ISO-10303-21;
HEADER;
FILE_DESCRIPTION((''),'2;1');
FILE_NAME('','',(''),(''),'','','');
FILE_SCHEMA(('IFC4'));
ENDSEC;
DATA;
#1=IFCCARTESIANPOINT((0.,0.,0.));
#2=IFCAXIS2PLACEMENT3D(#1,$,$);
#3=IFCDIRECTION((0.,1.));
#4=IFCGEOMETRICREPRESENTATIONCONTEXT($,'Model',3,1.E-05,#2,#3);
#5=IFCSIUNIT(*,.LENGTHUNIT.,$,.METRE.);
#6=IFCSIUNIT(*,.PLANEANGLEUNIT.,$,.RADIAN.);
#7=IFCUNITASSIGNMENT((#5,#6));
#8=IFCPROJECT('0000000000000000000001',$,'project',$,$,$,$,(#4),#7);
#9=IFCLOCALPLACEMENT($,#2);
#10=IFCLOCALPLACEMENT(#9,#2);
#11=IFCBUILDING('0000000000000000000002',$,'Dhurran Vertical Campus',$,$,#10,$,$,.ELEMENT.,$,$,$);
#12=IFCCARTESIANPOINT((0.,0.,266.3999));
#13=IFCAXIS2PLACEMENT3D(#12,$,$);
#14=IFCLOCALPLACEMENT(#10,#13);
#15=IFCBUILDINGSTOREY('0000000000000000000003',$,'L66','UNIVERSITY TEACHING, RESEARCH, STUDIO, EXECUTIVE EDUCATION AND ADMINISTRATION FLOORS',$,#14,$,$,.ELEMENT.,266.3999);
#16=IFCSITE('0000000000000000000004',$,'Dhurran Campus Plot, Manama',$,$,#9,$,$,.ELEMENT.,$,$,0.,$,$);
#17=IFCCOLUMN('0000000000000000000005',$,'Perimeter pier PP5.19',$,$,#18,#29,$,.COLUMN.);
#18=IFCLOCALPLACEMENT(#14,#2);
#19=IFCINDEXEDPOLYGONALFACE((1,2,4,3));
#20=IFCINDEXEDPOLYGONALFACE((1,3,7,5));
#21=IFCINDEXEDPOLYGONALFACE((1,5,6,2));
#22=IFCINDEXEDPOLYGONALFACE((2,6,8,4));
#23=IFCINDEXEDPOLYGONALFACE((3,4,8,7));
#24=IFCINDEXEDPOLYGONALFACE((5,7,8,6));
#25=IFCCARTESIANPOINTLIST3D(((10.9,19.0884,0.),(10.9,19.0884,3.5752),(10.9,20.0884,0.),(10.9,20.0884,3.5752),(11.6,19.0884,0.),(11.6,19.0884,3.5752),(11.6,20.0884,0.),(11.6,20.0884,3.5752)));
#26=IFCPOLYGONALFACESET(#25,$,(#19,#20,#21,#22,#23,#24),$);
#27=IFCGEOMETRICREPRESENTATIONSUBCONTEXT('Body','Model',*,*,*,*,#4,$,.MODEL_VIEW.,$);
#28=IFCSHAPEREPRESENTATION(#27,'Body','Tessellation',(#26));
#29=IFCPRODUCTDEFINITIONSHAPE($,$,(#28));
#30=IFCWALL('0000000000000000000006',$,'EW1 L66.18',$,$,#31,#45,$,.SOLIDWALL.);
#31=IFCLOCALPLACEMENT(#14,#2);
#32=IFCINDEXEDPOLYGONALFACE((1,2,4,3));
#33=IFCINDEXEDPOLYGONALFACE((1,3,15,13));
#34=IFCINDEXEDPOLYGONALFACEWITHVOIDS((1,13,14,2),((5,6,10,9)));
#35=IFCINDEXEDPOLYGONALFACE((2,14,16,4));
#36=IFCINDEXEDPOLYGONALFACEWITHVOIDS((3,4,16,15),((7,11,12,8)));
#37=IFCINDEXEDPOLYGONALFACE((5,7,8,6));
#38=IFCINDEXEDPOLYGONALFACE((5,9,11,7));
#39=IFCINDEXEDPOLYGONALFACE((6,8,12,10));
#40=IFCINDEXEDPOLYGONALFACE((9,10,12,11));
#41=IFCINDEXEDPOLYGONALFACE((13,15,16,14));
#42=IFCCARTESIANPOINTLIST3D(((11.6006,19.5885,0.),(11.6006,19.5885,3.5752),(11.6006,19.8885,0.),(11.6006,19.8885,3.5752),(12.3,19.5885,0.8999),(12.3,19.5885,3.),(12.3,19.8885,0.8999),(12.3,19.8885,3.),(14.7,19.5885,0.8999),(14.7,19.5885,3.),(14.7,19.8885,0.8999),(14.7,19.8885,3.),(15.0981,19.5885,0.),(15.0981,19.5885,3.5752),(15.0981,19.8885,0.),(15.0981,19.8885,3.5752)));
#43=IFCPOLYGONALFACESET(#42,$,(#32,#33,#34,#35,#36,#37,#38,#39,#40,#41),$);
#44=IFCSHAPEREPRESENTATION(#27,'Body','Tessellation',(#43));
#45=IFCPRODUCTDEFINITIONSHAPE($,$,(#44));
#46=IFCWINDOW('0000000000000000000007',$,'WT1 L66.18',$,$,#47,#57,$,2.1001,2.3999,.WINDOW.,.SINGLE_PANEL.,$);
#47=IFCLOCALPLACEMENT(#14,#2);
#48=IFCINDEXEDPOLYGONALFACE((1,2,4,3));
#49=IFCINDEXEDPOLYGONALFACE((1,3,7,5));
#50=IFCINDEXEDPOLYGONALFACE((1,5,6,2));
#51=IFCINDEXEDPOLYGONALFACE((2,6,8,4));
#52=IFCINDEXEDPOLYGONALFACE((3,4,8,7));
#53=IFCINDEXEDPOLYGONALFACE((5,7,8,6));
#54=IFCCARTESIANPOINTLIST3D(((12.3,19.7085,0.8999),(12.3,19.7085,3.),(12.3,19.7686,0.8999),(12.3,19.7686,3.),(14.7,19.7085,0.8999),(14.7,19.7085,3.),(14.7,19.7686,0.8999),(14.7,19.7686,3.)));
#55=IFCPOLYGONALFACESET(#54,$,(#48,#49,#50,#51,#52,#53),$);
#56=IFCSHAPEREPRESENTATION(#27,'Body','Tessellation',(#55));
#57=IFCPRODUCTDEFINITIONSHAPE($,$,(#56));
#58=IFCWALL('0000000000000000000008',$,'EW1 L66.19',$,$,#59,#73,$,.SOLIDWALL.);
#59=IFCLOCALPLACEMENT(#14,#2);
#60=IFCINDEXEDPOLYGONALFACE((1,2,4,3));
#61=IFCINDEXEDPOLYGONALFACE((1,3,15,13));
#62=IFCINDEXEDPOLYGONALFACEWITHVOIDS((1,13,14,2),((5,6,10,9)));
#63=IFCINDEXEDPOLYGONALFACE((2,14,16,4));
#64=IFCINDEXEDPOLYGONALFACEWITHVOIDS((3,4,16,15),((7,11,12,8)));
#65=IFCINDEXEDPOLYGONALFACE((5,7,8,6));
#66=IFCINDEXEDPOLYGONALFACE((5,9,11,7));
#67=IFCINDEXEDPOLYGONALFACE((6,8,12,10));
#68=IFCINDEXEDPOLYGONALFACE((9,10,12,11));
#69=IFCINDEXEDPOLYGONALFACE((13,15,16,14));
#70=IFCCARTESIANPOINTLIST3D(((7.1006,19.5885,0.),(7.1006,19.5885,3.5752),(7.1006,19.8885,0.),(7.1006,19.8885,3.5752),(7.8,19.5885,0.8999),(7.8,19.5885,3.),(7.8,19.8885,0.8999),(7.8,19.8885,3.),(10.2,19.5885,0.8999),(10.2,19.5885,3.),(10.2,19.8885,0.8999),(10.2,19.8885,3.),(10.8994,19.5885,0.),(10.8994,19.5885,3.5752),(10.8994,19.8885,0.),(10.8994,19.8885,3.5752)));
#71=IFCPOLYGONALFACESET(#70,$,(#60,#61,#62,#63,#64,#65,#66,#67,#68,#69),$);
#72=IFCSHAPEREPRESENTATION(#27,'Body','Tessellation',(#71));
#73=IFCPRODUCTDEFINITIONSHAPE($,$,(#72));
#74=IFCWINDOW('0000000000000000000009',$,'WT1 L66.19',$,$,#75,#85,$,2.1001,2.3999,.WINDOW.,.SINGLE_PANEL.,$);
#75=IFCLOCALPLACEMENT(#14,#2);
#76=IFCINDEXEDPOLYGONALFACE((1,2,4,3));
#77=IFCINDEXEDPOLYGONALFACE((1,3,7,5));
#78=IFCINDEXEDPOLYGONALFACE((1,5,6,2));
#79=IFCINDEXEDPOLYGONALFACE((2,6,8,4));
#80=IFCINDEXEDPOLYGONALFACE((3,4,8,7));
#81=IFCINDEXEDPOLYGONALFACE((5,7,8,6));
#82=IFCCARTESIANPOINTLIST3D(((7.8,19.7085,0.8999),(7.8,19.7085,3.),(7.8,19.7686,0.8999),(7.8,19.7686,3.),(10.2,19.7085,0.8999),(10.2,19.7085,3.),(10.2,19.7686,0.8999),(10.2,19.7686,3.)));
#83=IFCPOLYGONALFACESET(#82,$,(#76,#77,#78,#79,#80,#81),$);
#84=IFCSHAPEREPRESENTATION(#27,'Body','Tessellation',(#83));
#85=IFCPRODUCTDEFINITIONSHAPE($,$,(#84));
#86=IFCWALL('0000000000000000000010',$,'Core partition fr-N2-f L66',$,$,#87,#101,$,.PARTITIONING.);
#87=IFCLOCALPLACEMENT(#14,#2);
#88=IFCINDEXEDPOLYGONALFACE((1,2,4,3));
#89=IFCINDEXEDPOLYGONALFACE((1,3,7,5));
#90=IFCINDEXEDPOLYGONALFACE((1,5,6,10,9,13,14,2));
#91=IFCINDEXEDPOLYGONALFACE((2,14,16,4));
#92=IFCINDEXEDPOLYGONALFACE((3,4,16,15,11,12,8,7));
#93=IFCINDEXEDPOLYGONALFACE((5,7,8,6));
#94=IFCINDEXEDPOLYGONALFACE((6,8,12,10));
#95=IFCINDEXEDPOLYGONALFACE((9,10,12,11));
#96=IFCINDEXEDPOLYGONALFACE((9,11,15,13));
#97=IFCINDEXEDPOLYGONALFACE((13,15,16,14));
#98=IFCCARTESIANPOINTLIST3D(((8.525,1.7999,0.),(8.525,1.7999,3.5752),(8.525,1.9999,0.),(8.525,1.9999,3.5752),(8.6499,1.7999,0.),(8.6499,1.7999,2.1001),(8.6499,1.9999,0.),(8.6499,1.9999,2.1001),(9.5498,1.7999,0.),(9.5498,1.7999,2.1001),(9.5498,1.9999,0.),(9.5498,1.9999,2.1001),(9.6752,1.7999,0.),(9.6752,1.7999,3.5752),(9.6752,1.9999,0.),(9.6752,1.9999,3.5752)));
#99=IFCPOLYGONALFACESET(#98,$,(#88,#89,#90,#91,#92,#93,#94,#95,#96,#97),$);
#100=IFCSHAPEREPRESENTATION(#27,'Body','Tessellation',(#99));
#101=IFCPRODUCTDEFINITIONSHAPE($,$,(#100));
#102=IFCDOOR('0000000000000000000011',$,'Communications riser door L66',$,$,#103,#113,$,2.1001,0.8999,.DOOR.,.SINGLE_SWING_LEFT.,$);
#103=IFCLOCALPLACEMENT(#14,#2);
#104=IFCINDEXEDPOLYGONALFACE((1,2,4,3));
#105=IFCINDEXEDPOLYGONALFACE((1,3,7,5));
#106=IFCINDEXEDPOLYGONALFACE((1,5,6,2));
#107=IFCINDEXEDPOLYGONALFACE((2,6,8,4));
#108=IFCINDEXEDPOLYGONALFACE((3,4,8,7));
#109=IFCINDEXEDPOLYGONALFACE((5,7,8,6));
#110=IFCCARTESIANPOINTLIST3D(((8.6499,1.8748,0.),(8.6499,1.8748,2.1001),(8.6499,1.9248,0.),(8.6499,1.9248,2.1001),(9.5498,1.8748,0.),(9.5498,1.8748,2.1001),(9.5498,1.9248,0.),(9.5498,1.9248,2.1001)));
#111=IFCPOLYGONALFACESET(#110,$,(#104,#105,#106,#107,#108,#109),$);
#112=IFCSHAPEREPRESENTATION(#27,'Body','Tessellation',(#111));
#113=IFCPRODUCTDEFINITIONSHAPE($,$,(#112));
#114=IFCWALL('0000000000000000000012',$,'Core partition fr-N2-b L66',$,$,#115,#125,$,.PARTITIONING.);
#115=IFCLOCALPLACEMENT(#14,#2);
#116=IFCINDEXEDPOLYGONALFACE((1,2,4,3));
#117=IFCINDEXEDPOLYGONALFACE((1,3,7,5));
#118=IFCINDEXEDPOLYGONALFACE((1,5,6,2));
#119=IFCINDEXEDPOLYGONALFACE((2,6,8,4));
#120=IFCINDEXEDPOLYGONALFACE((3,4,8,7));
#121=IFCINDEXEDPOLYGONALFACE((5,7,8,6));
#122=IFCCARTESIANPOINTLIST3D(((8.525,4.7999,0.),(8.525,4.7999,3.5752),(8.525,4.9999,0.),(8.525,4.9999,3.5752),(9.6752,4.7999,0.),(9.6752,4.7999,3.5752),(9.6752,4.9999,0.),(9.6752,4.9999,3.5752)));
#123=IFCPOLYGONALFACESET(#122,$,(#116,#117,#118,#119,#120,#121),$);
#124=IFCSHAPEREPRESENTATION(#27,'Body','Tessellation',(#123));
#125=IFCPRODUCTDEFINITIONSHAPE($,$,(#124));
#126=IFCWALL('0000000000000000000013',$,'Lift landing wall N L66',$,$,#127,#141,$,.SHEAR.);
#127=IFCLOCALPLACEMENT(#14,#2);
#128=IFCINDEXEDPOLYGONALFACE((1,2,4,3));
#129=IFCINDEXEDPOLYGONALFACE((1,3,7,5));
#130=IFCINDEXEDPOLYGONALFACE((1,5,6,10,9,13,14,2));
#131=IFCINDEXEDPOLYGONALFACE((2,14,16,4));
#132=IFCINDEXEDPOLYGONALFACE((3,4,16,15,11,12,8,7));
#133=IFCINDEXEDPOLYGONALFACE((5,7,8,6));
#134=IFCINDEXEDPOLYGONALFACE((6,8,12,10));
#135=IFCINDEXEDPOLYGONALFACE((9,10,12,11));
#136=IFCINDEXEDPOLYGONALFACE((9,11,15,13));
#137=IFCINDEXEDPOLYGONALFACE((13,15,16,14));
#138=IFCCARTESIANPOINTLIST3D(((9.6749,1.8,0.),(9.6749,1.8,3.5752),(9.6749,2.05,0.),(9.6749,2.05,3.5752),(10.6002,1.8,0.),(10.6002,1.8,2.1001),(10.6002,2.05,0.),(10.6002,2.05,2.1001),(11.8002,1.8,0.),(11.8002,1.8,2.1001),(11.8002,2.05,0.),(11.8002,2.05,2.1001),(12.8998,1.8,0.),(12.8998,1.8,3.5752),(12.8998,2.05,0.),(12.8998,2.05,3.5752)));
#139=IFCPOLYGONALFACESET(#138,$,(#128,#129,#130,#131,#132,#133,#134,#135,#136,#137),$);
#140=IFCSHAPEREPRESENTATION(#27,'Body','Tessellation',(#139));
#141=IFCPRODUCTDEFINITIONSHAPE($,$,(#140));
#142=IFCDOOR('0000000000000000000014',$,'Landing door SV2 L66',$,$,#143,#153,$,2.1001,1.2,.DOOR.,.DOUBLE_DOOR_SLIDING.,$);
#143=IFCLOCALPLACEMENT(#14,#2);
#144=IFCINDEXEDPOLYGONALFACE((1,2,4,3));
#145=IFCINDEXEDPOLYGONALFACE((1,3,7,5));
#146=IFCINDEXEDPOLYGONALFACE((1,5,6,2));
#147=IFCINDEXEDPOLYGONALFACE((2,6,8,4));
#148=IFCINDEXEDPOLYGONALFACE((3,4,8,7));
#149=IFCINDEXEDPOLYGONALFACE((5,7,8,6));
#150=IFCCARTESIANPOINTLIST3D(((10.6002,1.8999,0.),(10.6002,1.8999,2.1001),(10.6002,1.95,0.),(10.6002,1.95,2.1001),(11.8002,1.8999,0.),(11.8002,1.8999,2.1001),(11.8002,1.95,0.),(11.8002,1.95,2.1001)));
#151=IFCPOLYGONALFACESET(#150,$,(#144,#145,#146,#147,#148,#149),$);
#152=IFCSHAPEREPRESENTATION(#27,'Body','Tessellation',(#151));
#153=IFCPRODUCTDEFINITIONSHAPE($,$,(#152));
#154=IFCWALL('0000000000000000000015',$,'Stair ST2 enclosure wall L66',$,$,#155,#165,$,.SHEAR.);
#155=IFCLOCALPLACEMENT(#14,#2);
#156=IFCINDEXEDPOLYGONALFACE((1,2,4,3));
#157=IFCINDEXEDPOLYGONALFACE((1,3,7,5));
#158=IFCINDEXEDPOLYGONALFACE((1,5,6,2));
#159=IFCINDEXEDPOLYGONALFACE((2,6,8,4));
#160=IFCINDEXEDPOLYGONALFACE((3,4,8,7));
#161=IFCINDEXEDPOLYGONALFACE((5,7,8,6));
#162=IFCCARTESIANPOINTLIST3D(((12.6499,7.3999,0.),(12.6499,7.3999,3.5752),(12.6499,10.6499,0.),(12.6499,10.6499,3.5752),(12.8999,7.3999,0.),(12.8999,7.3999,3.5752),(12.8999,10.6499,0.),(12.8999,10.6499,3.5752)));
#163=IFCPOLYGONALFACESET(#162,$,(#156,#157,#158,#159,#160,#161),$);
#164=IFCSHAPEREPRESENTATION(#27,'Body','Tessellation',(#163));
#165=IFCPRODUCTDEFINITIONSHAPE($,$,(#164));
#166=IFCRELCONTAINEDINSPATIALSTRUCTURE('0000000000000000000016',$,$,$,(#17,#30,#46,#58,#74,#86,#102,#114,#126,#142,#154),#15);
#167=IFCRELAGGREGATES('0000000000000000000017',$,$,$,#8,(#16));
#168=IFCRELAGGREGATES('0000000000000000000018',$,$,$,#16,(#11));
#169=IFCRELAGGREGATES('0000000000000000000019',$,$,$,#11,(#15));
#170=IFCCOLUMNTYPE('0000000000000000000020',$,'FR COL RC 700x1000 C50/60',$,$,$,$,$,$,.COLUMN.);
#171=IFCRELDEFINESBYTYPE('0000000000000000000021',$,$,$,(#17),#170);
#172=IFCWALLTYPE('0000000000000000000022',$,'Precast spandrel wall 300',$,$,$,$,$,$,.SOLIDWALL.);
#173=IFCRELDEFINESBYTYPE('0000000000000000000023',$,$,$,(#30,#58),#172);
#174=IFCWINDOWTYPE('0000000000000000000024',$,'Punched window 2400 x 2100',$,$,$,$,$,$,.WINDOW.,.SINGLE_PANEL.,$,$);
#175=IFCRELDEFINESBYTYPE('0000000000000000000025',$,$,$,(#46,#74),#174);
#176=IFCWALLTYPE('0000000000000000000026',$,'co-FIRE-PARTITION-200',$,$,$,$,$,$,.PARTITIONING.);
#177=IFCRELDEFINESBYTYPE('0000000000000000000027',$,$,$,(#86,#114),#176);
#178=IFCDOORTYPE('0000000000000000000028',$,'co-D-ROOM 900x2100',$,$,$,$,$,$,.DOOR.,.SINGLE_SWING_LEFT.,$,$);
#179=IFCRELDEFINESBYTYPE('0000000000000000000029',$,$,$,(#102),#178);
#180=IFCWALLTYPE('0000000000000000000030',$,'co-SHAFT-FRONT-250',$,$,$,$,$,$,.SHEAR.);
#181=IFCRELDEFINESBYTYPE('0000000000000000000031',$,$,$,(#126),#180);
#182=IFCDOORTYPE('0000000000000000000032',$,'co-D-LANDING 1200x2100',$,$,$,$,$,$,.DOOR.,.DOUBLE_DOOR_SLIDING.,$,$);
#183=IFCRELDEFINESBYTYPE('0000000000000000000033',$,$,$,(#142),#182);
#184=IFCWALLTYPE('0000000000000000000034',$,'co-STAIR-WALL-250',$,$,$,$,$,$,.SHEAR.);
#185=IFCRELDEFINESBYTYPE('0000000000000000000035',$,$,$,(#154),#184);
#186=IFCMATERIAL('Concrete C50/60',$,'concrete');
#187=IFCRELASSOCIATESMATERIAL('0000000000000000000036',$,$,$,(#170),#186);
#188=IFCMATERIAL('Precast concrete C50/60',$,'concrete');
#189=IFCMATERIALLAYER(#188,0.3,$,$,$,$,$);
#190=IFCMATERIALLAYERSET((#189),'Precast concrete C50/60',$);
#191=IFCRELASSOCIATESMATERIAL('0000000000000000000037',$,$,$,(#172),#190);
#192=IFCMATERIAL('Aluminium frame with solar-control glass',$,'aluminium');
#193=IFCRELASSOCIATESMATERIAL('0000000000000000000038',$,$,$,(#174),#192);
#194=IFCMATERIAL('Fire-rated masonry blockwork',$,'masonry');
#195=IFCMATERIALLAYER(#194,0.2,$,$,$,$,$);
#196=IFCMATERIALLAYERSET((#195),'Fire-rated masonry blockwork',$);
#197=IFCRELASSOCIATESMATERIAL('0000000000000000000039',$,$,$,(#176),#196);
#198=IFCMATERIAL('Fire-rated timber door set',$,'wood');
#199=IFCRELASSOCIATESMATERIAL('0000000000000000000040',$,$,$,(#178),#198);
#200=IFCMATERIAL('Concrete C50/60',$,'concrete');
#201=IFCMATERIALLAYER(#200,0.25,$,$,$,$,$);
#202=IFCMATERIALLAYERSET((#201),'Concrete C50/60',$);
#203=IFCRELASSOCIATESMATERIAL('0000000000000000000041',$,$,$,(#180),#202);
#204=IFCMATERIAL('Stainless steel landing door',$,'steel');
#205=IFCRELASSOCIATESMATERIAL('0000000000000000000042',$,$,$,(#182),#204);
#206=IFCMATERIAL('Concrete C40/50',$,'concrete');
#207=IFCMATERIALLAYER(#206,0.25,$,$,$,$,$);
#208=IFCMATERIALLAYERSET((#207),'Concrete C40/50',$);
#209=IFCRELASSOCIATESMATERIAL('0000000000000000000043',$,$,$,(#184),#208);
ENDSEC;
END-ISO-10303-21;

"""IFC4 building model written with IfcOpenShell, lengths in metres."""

from ifc_helpers import new_model, si_unit, direction, frame, frame_2d, origin, origin_2d, place, context, subcontext, project, spatial, rectangle, extrude, material, layer, layer_set, material_profile, profile_set, type_object, element, fill, save


model = new_model("IFC4")

# Units and contexts
model_context = context("Model", 3, precision=1e-05, world=origin(), true_north=direction((0.0, 1.0)))
body_context = subcontext(model_context, "Body", "Model", "MODEL_VIEW")
ifc_project = project(units=[si_unit("LENGTHUNIT", "METRE"), si_unit("PLANEANGLEUNIT", "RADIAN")], contexts=[model_context])

# Site, building, storey
site_placement = place(None, origin())
site = spatial("IfcSite", under=ifc_project, at=site_placement, Name="Dhurran Campus Plot, Manama", CompositionType="ELEMENT", RefElevation=0.0)
building_placement = place(site_placement, origin())
building = spatial("IfcBuilding", under=site, at=building_placement, Name="Dhurran Vertical Campus", CompositionType="ELEMENT")
storey_placement = place(building_placement, frame((0.0, 0.0, 266.3999)))
storey = spatial("IfcBuildingStorey", under=building, at=storey_placement, Name="L66", Description="UNIVERSITY TEACHING, RESEARCH, STUDIO, EXECUTIVE EDUCATION AND ADMINISTRATION FLOORS", CompositionType="ELEMENT", Elevation=266.3999)

# Column
ifc_material_1 = material(Name="Concrete C50/60", Category="concrete")
ifc_material_profile = material_profile(ifc_material_1, rectangle(XDim=0.7, YDim=1.0, at=origin_2d()), Name="RC 700x1000")
ifc_profile_set = profile_set([ifc_material_profile], Name="Concrete C50/60")
column_type = type_object("IfcColumnType", Name="FR COL RC 700x1000 C50/60", PredefinedType="COLUMN", material=ifc_profile_set)
column_placement = place(storey_placement, frame((11.25, 19.5884, 0.0), z_axis=(0.0, 0.0, 1.0), x_axis=(-1.0, 0.0, 0.0)))
element("IfcColumn", 1, at=column_placement, inside=storey, type_object=column_type, Name="Perimeter pier PP5.19", PredefinedType="COLUMN", context=body_context, shape_type="SweptSolid", body=[
    extrude(rectangle(XDim=0.7, YDim=1.0, at=origin_2d()), origin(), (0.0, 0.0, 1.0), 3.5752),
])

# Walls, openings, windows
ifc_material_2 = material(Name="Precast concrete C50/60", Category="concrete")
ifc_layer_1 = layer(ifc_material_2, 0.3)
ifc_layer_set_1 = layer_set([ifc_layer_1], Name="Precast concrete C50/60")
wall_type_1 = type_object("IfcWallType", Name="Precast spandrel wall 300", PredefinedType="SOLIDWALL", material=ifc_layer_set_1)
wall_1_placement = place(storey_placement, frame((15.0981, 19.7385, 0.0), z_axis=(0.0, 0.0, 1.0), x_axis=(-1.0, 0.0, 0.0)))
wall_1 = element("IfcWall", 2, at=wall_1_placement, inside=storey, type_object=wall_type_1, Name="EW1 L66.18", PredefinedType="SOLIDWALL", context=body_context, shape_type="SweptSolid", body=[
    extrude(rectangle(XDim=3.4976, YDim=0.3, at=frame_2d((1.7488, 0.0))), origin(), (0.0, 0.0, 1.0), 3.5752),
])
opening_1_placement = place(wall_1_placement, frame((0.3982, 0.0, 0.8999)))
opening_1 = element("IfcOpeningElement", 3, at=opening_1_placement, cuts=wall_1, PredefinedType="OPENING", context=body_context, shape_type="SweptSolid", body=[
    extrude(rectangle(XDim=2.3999, YDim=2.1001, at=frame_2d((1.2, 1.05))), frame((0.0, 0.1599, 0.0), z_axis=(0.0, -1.0, 0.0), x_axis=(1.0, 0.0, 0.0)), (0.0, 0.0, 1.0), 0.3201),
])
ifc_material_3 = material(Name="Aluminium frame with solar-control glass", Category="aluminium")
window_type = type_object("IfcWindowType", Name="Punched window 2400 x 2100", PartitioningType="SINGLE_PANEL", PredefinedType="WINDOW", material=ifc_material_3)
window_1_placement = place(opening_1_placement, origin())
window_1 = element("IfcWindow", 4, at=window_1_placement, inside=storey, type_object=window_type, Name="WT1 L66.18", OverallHeight=2.1001, OverallWidth=2.3999, PartitioningType="SINGLE_PANEL", PredefinedType="WINDOW", context=body_context, shape_type="SweptSolid", body=[
    extrude(rectangle(XDim=2.3999, YDim=2.1001, at=frame_2d((1.2, 1.05))), frame((0.0, 0.03, 0.0), z_axis=(0.0, -1.0, 0.0), x_axis=(1.0, 0.0, 0.0)), (0.0, 0.0, 1.0), 0.0601),
])
fill(opening_1, window_1)
wall_2_placement = place(storey_placement, frame((10.8994, 19.7385, 0.0), z_axis=(0.0, 0.0, 1.0), x_axis=(-1.0, 0.0, 0.0)))
wall_2 = element("IfcWall", 5, at=wall_2_placement, inside=storey, type_object=wall_type_1, Name="EW1 L66.19", PredefinedType="SOLIDWALL", context=body_context, shape_type="SweptSolid", body=[
    extrude(rectangle(XDim=3.7988, YDim=0.3, at=frame_2d((1.8994, 0.0))), origin(), (0.0, 0.0, 1.0), 3.5752),
])
opening_2_placement = place(wall_2_placement, frame((0.6995, 0.0, 0.8999)))
opening_2 = element("IfcOpeningElement", 6, at=opening_2_placement, cuts=wall_2, PredefinedType="OPENING", context=body_context, shape_type="SweptSolid", body=[
    extrude(rectangle(XDim=2.3999, YDim=2.1001, at=frame_2d((1.2, 1.05))), frame((0.0, 0.1599, 0.0), z_axis=(0.0, -1.0, 0.0), x_axis=(1.0, 0.0, 0.0)), (0.0, 0.0, 1.0), 0.3201),
])
window_2_placement = place(opening_2_placement, origin())
window_2 = element("IfcWindow", 7, at=window_2_placement, inside=storey, type_object=window_type, Name="WT1 L66.19", OverallHeight=2.1001, OverallWidth=2.3999, PartitioningType="SINGLE_PANEL", PredefinedType="WINDOW", context=body_context, shape_type="SweptSolid", body=[
    extrude(rectangle(XDim=2.3999, YDim=2.1001, at=frame_2d((1.2, 1.05))), frame((0.0, 0.03, 0.0), z_axis=(0.0, -1.0, 0.0), x_axis=(1.0, 0.0, 0.0)), (0.0, 0.0, 1.0), 0.0601),
])
fill(opening_2, window_2)

# Wall, opening, door
ifc_material_4 = material(Name="Fire-rated masonry blockwork", Category="masonry")
ifc_layer_2 = layer(ifc_material_4, 0.2)
ifc_layer_set_2 = layer_set([ifc_layer_2], Name="Fire-rated masonry blockwork")
wall_type_2 = type_object("IfcWallType", Name="co-FIRE-PARTITION-200", PredefinedType="PARTITIONING", material=ifc_layer_set_2)
wall_3_placement = place(storey_placement, frame((8.5249, 1.8999, 0.0), z_axis=(0.0, 0.0, 1.0), x_axis=(1.0, 0.0, 0.0)))
wall_3 = element("IfcWall", 8, at=wall_3_placement, inside=storey, type_object=wall_type_2, Name="Core partition fr-N2-f L66", PredefinedType="PARTITIONING", context=body_context, shape_type="SweptSolid", body=[
    extrude(rectangle(XDim=1.1501, YDim=0.2, at=frame_2d((0.5752, 0.0))), origin(), (0.0, 0.0, 1.0), 3.5752),
])
opening_3_placement = place(wall_3_placement, frame((0.125, 0.0, 0.0)))
opening_3 = element("IfcOpeningElement", 9, at=opening_3_placement, cuts=wall_3, PredefinedType="OPENING", context=body_context, shape_type="SweptSolid", body=[
    extrude(rectangle(XDim=0.8999, YDim=2.1001, at=frame_2d((0.45, 1.05))), frame((0.0, 0.1099, 0.0), z_axis=(0.0, -1.0, 0.0), x_axis=(1.0, 0.0, 0.0)), (0.0, 0.0, 1.0), 0.22),
])
ifc_material_5 = material(Name="Fire-rated timber door set", Category="wood")
door_type_1 = type_object("IfcDoorType", Name="co-D-ROOM 900x2100", OperationType="SINGLE_SWING_LEFT", PredefinedType="DOOR", material=ifc_material_5)
door_1_placement = place(opening_3_placement, origin())
door_1 = element("IfcDoor", 10, at=door_1_placement, inside=storey, type_object=door_type_1, Name="Communications riser door L66", OperationType="SINGLE_SWING_LEFT", OverallHeight=2.1001, OverallWidth=0.8999, PredefinedType="DOOR", context=body_context, shape_type="SweptSolid", body=[
    extrude(rectangle(XDim=0.8999, YDim=2.1001, at=frame_2d((0.45, 1.05))), frame((0.0, 0.0249, 0.0), z_axis=(0.0, -1.0, 0.0), x_axis=(1.0, 0.0, 0.0)), (0.0, 0.0, 1.0), 0.05),
])
fill(opening_3, door_1)

# Wall
wall_4_placement = place(storey_placement, frame((8.5249, 4.8999, 0.0), z_axis=(0.0, 0.0, 1.0), x_axis=(1.0, 0.0, 0.0)))
element("IfcWall", 11, at=wall_4_placement, inside=storey, type_object=wall_type_2, Name="Core partition fr-N2-b L66", PredefinedType="PARTITIONING", context=body_context, shape_type="SweptSolid", body=[
    extrude(rectangle(XDim=1.1501, YDim=0.2, at=frame_2d((0.5752, 0.0))), origin(), (0.0, 0.0, 1.0), 3.5752),
])

# Wall, opening, door
ifc_material_6 = material(Name="Concrete C50/60", Category="concrete")
ifc_layer_3 = layer(ifc_material_6, 0.25)
ifc_layer_set_3 = layer_set([ifc_layer_3], Name="Concrete C50/60")
wall_type_3 = type_object("IfcWallType", Name="co-SHAFT-FRONT-250", PredefinedType="SHEAR", material=ifc_layer_set_3)
wall_5_placement = place(storey_placement, frame((9.675, 1.925, 0.0), z_axis=(0.0, 0.0, 1.0), x_axis=(1.0, 0.0, 0.0)))
wall_5 = element("IfcWall", 12, at=wall_5_placement, inside=storey, type_object=wall_type_3, Name="Lift landing wall N L66", PredefinedType="SHEAR", context=body_context, shape_type="SweptSolid", body=[
    extrude(rectangle(XDim=3.2249, YDim=0.25, at=frame_2d((1.6123, 0.0))), origin(), (0.0, 0.0, 1.0), 3.5752),
])
opening_4_placement = place(wall_5_placement, frame((0.925, 0.0, 0.0)))
opening_4 = element("IfcOpeningElement", 13, at=opening_4_placement, cuts=wall_5, PredefinedType="OPENING", context=body_context, shape_type="SweptSolid", body=[
    extrude(rectangle(XDim=1.2, YDim=2.1001, at=frame_2d((0.6001, 1.05))), frame((0.0, 0.135, 0.0), z_axis=(0.0, -1.0, 0.0), x_axis=(1.0, 0.0, 0.0)), (0.0, 0.0, 1.0), 0.27),
])
ifc_material_7 = material(Name="Stainless steel landing door", Category="steel")
door_type_2 = type_object("IfcDoorType", Name="co-D-LANDING 1200x2100", OperationType="DOUBLE_DOOR_SLIDING", PredefinedType="DOOR", material=ifc_material_7)
door_2_placement = place(opening_4_placement, origin())
door_2 = element("IfcDoor", 14, at=door_2_placement, inside=storey, type_object=door_type_2, Name="Landing door SV2 L66", OperationType="DOUBLE_DOOR_SLIDING", OverallHeight=2.1001, OverallWidth=1.2, PredefinedType="DOOR", context=body_context, shape_type="SweptSolid", body=[
    extrude(rectangle(XDim=1.2, YDim=2.1001, at=frame_2d((0.6001, 1.05))), frame((0.0, 0.0249, 0.0), z_axis=(0.0, -1.0, 0.0), x_axis=(1.0, 0.0, 0.0)), (0.0, 0.0, 1.0), 0.05),
])
fill(opening_4, door_2)

# Wall
ifc_material_8 = material(Name="Concrete C40/50", Category="concrete")
ifc_layer_4 = layer(ifc_material_8, 0.25)
ifc_layer_set_4 = layer_set([ifc_layer_4], Name="Concrete C40/50")
wall_type_4 = type_object("IfcWallType", Name="co-STAIR-WALL-250", PredefinedType="SHEAR", material=ifc_layer_set_4)
wall_6_placement = place(storey_placement, frame((12.7749, 7.3999, 0.0), z_axis=(0.0, 0.0, 1.0), x_axis=(0.0, 1.0, 0.0)))
element("IfcWall", 15, at=wall_6_placement, inside=storey, type_object=wall_type_4, Name="Stair ST2 enclosure wall L66", PredefinedType="SHEAR", context=body_context, shape_type="SweptSolid", body=[
    extrude(rectangle(XDim=3.25, YDim=0.25, at=frame_2d((1.625, 0.0))), origin(), (0.0, 0.0, 1.0), 3.5752),
])

save(model, "model.ifc")
